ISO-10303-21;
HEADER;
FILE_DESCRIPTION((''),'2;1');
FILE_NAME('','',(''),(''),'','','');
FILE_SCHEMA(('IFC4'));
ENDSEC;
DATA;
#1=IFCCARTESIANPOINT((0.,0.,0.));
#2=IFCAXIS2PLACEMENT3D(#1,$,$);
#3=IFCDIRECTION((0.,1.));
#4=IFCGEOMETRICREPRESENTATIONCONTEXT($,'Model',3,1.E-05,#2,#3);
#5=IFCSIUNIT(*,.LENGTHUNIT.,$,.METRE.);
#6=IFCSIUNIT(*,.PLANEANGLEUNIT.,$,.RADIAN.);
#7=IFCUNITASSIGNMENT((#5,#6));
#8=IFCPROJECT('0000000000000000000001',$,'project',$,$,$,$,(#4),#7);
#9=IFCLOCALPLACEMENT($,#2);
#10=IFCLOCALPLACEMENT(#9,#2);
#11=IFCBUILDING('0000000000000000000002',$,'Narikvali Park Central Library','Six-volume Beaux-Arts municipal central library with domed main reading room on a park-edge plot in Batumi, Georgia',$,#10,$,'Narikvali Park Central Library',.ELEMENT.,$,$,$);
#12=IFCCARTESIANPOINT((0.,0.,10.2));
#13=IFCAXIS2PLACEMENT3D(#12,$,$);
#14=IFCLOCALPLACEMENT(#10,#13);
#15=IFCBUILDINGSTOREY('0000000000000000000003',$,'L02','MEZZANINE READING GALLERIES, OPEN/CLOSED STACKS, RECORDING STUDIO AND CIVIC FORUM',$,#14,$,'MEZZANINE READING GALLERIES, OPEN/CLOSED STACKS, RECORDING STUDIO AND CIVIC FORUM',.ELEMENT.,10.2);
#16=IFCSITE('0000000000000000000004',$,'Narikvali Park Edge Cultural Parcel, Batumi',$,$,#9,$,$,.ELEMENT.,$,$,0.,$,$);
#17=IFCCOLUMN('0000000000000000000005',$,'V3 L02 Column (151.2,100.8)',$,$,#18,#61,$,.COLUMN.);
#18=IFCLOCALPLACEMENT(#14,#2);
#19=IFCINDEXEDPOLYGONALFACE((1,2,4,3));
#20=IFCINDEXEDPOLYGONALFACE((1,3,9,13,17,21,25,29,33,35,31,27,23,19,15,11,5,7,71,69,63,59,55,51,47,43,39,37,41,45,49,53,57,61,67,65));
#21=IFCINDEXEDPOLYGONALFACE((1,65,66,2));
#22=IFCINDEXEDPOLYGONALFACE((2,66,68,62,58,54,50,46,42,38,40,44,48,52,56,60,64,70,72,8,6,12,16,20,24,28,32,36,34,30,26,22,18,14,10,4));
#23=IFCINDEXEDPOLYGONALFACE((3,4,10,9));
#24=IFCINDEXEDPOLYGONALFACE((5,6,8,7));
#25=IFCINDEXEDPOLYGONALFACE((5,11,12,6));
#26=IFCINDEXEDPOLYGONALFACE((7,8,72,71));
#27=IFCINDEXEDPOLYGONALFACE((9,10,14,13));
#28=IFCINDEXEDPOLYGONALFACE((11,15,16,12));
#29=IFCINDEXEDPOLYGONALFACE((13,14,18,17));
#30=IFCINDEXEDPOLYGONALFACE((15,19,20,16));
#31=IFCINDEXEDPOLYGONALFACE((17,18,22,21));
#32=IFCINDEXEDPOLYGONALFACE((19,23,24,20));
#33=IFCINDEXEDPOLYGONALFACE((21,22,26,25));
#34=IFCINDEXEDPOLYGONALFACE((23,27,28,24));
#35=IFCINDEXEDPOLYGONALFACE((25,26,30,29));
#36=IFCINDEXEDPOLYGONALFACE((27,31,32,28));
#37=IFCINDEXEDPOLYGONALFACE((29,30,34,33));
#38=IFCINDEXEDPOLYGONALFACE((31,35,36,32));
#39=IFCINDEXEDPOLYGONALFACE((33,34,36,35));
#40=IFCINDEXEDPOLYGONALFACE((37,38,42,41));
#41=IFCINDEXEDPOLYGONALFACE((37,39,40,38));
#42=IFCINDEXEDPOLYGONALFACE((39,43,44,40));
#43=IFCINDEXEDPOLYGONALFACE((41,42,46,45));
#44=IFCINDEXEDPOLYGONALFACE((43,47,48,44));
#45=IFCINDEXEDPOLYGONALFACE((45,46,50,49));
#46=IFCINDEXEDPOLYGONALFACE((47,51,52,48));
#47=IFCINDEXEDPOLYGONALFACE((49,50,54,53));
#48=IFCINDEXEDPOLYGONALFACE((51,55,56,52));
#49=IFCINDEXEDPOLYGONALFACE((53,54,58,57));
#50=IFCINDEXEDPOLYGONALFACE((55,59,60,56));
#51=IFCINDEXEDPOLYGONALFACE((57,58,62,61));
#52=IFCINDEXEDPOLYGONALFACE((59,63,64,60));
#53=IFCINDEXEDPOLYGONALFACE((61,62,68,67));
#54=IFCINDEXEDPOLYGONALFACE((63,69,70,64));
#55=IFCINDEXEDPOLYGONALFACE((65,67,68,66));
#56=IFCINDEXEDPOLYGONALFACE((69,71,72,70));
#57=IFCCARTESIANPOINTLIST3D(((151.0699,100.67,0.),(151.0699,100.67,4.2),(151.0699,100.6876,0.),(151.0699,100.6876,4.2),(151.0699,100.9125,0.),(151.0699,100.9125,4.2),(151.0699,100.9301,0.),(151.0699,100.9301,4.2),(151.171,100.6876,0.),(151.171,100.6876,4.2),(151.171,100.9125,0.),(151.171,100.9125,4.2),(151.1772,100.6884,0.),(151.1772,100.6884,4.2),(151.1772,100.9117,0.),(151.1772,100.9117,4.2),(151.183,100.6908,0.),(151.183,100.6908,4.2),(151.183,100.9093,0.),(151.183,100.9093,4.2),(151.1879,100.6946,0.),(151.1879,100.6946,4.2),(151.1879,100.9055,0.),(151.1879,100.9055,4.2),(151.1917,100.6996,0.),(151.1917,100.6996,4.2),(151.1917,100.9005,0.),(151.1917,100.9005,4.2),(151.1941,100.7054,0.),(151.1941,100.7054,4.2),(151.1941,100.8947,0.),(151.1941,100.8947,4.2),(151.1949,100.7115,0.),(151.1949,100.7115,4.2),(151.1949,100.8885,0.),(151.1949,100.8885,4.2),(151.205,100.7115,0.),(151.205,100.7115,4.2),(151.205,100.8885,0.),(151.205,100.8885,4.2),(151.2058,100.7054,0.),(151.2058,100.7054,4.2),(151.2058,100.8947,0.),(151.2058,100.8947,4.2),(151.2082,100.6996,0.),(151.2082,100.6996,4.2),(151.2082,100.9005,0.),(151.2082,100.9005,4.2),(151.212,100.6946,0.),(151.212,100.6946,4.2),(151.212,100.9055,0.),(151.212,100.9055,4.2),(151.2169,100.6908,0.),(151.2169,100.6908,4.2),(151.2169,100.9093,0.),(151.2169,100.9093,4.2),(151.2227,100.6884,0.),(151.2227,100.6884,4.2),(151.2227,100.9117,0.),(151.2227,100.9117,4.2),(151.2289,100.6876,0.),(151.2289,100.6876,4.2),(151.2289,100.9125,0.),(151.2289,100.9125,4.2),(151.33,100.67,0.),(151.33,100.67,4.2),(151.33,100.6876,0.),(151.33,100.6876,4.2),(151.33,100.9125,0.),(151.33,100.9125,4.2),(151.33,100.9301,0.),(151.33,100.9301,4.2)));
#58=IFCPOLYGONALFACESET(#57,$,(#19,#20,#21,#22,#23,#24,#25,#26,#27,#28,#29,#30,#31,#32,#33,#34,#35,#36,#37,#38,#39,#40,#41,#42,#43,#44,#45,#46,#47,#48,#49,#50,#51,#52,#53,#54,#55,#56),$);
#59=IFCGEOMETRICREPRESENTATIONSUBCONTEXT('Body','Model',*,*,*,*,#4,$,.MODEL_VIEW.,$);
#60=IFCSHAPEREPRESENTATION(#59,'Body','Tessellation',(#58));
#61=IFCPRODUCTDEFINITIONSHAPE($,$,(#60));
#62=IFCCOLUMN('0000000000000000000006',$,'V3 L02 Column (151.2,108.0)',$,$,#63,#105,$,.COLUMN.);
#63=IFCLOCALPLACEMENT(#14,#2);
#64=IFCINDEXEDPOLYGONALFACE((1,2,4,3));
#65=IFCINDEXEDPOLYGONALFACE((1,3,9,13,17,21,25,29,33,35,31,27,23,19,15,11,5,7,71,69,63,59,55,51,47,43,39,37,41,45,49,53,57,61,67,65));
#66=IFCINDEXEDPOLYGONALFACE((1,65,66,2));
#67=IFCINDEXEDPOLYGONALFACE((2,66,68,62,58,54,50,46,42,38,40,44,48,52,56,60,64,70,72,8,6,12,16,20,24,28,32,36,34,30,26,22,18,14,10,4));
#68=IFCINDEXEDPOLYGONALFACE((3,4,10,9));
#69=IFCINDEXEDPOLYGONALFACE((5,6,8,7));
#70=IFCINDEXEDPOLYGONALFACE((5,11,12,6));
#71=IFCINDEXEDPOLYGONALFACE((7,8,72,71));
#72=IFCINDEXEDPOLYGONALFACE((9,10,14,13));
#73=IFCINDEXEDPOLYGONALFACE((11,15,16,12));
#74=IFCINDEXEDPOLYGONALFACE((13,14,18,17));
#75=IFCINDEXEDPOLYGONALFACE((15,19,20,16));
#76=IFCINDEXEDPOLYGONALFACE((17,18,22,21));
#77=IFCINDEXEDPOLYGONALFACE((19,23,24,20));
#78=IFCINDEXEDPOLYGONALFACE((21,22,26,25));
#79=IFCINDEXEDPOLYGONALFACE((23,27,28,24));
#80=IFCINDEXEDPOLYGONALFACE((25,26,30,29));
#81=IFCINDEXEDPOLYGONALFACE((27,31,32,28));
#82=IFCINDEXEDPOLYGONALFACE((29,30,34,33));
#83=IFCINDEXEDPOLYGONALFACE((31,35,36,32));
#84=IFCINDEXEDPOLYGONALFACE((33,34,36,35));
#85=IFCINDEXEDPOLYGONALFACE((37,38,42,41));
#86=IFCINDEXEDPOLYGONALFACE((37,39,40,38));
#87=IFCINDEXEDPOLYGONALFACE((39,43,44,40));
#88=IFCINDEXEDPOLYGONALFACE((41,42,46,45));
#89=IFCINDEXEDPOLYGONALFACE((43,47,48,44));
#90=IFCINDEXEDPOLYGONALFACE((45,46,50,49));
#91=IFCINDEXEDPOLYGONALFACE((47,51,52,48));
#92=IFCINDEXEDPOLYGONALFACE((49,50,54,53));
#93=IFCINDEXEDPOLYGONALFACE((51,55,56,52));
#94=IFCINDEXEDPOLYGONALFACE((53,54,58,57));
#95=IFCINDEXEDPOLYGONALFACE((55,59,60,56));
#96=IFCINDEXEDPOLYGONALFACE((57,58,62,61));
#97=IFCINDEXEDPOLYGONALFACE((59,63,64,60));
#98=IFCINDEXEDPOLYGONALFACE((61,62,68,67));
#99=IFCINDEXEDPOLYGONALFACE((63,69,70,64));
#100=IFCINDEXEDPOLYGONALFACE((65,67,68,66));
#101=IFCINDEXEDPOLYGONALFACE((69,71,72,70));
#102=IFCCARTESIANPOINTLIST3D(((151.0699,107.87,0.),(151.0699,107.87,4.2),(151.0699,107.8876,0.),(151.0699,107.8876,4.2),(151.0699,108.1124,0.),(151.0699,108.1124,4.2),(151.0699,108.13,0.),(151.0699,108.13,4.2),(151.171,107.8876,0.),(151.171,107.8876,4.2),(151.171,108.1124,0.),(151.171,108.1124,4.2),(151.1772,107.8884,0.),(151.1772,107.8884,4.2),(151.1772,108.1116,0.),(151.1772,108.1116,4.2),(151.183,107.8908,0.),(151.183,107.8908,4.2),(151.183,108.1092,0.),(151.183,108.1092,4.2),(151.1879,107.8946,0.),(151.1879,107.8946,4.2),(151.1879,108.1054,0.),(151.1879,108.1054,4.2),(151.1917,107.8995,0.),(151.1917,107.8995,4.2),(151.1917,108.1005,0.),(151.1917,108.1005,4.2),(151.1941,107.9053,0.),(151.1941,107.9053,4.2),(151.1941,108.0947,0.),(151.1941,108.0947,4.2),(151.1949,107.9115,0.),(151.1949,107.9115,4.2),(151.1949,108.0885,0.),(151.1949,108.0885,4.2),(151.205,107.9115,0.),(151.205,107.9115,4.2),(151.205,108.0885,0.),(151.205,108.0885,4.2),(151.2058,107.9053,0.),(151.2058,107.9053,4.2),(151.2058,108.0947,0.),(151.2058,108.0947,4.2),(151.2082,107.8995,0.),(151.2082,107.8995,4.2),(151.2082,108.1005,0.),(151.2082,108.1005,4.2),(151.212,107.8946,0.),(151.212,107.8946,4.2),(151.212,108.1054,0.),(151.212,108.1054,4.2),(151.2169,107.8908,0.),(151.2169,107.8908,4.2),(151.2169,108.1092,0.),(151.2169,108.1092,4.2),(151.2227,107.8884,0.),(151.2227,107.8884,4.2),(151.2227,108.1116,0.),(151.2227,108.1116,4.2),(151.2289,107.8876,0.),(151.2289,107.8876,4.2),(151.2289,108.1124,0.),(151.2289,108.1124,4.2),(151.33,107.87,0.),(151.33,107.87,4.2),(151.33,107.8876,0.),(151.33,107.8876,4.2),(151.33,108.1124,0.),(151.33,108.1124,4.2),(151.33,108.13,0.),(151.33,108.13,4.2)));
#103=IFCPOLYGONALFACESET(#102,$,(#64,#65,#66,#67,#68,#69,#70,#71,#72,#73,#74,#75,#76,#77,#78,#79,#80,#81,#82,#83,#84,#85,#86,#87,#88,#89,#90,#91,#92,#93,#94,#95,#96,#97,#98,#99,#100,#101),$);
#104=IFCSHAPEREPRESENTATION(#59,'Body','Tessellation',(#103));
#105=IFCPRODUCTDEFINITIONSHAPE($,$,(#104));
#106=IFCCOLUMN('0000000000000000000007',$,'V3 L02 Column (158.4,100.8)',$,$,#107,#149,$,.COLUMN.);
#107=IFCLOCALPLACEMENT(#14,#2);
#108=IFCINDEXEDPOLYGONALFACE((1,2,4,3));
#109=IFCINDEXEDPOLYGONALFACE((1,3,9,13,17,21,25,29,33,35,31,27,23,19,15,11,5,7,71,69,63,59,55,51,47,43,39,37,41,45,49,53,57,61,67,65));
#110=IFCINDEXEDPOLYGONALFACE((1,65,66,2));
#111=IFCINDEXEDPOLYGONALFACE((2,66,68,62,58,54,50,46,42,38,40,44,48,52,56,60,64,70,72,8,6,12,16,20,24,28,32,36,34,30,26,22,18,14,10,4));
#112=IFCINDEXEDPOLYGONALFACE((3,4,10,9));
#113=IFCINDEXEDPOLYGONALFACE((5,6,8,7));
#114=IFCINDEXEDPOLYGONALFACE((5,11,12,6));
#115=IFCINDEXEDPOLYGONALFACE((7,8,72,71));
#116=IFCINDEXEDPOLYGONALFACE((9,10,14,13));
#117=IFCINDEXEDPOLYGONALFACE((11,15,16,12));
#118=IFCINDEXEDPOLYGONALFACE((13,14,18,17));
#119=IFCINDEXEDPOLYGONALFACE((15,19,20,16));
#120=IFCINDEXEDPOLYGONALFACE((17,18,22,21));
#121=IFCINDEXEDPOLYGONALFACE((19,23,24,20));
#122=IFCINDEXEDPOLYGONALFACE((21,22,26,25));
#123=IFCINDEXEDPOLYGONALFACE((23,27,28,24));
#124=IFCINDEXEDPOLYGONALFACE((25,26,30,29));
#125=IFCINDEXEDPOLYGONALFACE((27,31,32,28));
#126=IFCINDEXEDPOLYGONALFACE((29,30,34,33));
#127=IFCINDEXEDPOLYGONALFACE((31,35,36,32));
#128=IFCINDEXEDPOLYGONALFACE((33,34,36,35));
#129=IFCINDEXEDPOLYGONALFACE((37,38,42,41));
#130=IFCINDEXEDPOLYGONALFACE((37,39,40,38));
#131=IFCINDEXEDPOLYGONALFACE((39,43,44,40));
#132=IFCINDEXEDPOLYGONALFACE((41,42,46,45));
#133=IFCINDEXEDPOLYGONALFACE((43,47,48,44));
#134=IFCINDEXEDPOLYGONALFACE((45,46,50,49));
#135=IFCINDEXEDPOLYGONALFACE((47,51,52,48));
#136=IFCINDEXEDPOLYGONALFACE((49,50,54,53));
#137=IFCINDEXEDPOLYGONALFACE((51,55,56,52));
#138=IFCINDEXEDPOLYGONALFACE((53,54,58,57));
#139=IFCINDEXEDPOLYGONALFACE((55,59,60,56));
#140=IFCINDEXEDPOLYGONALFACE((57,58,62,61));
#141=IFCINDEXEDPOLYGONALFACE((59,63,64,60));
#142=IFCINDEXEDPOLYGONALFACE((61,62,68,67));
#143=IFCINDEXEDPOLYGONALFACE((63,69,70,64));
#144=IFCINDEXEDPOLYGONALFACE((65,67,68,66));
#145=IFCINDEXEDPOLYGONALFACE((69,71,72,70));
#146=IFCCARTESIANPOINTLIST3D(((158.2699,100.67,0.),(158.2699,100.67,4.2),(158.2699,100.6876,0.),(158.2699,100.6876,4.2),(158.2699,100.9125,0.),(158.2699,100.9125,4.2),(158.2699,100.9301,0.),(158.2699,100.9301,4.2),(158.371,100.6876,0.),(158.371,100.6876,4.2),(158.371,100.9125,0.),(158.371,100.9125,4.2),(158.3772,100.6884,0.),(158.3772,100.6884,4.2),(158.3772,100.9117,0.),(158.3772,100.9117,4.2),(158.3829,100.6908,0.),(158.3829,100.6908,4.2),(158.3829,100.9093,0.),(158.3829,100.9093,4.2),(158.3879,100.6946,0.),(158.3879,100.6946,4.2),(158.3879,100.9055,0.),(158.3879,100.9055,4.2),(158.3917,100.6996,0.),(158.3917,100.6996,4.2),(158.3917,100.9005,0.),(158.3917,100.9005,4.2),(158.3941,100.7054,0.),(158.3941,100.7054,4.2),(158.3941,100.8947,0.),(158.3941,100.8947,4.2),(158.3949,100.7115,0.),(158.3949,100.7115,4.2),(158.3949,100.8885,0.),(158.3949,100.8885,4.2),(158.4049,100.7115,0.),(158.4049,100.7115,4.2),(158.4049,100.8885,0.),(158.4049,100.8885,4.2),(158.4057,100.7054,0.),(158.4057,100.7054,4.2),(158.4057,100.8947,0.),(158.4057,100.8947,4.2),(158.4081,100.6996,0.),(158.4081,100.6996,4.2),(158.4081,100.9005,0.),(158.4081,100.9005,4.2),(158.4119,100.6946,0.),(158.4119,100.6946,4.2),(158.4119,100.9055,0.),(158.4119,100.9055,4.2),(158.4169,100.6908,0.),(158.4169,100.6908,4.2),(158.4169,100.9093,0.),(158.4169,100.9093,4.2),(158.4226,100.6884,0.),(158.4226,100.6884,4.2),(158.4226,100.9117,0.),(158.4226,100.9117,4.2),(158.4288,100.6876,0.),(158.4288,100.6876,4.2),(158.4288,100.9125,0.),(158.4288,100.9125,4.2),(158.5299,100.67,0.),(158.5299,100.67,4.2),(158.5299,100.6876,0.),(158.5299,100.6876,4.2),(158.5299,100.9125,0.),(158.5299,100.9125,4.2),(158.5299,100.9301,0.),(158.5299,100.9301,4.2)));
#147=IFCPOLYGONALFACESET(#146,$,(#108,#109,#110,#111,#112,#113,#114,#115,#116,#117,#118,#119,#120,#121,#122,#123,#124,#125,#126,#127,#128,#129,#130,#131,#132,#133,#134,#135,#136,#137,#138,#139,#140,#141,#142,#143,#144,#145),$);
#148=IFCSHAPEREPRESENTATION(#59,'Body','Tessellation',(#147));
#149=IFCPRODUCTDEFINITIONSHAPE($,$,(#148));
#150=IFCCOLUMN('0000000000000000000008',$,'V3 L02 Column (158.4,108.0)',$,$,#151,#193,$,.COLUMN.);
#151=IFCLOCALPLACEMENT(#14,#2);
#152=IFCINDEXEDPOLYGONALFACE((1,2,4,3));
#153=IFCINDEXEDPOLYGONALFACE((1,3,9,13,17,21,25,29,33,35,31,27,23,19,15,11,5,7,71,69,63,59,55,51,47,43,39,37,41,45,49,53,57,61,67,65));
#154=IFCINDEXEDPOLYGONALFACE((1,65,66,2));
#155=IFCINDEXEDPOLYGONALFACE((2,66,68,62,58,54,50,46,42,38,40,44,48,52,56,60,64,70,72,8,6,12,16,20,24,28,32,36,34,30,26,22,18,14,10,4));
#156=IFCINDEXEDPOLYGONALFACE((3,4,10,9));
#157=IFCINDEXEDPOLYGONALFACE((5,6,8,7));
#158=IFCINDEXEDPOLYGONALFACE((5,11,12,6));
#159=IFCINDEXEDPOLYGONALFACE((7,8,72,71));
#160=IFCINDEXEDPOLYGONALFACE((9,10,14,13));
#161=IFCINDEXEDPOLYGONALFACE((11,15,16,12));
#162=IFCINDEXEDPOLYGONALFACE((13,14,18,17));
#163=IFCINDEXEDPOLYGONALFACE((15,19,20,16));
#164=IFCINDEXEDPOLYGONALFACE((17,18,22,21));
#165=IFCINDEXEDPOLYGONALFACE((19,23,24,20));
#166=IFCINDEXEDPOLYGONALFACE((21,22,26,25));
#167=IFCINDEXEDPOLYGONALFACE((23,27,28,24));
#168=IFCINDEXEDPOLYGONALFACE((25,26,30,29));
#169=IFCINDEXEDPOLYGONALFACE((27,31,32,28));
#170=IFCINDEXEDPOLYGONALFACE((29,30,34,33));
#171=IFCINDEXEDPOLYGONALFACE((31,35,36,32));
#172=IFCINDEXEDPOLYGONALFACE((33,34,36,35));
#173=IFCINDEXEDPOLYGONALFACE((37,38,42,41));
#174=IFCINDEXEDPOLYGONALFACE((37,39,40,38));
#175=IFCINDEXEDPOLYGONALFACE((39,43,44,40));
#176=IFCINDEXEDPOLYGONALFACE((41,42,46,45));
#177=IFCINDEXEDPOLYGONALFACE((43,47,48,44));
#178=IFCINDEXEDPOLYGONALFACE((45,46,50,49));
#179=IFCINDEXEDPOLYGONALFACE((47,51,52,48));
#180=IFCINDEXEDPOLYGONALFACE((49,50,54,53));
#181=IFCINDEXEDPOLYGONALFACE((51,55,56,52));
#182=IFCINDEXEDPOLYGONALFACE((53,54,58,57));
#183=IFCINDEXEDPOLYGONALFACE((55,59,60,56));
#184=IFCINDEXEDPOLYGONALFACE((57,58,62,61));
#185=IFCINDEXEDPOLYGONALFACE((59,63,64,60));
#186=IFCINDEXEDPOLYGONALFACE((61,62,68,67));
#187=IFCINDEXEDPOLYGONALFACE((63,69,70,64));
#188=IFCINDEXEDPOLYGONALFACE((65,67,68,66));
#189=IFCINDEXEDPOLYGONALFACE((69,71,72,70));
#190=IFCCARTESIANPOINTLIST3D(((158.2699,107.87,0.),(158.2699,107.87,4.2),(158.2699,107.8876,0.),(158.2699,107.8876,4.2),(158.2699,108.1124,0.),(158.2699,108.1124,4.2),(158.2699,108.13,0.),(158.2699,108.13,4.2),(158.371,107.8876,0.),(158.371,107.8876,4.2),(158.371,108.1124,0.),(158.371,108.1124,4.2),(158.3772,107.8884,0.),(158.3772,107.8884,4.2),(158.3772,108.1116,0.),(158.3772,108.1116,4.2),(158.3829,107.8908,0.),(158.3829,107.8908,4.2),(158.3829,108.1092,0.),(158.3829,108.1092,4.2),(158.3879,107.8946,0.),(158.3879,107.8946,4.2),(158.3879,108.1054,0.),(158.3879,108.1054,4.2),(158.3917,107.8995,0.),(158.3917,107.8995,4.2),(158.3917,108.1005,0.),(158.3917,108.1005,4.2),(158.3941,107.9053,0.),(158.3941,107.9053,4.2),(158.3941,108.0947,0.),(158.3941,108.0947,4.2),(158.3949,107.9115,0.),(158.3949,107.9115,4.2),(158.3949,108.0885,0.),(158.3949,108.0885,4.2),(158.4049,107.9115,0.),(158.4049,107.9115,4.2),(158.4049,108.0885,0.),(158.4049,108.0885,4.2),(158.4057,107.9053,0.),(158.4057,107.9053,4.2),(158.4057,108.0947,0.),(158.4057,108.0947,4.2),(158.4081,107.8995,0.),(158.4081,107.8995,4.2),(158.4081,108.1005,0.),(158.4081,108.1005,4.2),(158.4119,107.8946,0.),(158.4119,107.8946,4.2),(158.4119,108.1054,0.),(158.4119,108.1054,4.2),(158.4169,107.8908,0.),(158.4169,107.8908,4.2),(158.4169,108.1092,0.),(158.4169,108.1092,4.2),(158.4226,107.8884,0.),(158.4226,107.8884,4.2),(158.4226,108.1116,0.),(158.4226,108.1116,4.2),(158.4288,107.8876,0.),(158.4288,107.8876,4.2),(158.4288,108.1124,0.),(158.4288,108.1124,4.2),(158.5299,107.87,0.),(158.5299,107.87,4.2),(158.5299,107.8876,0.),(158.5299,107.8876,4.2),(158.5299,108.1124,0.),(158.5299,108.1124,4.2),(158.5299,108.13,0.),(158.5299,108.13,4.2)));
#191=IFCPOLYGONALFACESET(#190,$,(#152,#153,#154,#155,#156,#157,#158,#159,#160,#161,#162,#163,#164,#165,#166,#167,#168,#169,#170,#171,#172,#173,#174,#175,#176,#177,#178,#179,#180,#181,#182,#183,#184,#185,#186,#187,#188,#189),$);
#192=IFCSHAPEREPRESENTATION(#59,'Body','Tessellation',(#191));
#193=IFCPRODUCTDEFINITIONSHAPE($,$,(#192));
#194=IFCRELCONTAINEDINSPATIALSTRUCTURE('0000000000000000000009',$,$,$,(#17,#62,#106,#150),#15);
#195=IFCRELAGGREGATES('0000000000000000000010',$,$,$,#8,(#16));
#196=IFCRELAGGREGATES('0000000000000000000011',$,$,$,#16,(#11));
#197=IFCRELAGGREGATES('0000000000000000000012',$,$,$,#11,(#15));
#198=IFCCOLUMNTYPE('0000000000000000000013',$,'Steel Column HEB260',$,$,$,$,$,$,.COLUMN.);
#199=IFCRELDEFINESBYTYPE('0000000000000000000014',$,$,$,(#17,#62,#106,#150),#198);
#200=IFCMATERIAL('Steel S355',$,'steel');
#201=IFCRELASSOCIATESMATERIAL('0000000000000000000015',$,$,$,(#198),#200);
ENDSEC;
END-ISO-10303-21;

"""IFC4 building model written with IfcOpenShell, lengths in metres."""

from ifc_helpers import new_model, si_unit, direction, frame, origin, origin_2d, place, context, subcontext, project, spatial, i_section, extrude, material, material_profile, profile_set, type_object, element, save


model = new_model("IFC4")

# Units and contexts
model_context = context("Model", 3, precision=1e-05, world=origin(), true_north=direction((0.0, 1.0)))
body_context = subcontext(model_context, "Body", "Model", "MODEL_VIEW")
ifc_project = project(units=[si_unit("LENGTHUNIT", "METRE"), si_unit("PLANEANGLEUNIT", "RADIAN")], contexts=[model_context])

# Site, building, storey
site_placement = place(None, origin())
site = spatial("IfcSite", under=ifc_project, at=site_placement, Name="Narikvali Park Edge Cultural Parcel, Batumi", CompositionType="ELEMENT", RefElevation=0.0)
building_placement = place(site_placement, origin())
building = spatial("IfcBuilding", under=site, at=building_placement, Name="Narikvali Park Central Library", Description="Six-volume Beaux-Arts municipal central library with domed main reading room on a park-edge plot in Batumi, Georgia", LongName="Narikvali Park Central Library", CompositionType="ELEMENT")
storey_placement = place(building_placement, frame((0.0, 0.0, 10.2)))
storey = spatial("IfcBuildingStorey", under=building, at=storey_placement, Name="L02", Description="MEZZANINE READING GALLERIES, OPEN/CLOSED STACKS, RECORDING STUDIO AND CIVIC FORUM", LongName="MEZZANINE READING GALLERIES, OPEN/CLOSED STACKS, RECORDING STUDIO AND CIVIC FORUM", CompositionType="ELEMENT", Elevation=10.2)

# Columns
ifc_material_1 = material(Name="Steel S355", Category="steel")
ifc_material_profile_1 = material_profile(ifc_material_1, i_section(OverallWidth=0.26, OverallDepth=0.26, WebThickness=0.01, FlangeThickness=0.0176, FilletRadius=0.0239, at=origin_2d()), Name="HEB 260")
ifc_profile_set_1 = profile_set([ifc_material_profile_1], Name="Steel S355")
column_type = type_object("IfcColumnType", Name="Steel Column HEB260", PredefinedType="COLUMN", material=ifc_profile_set_1)
for number, where, z_axis, x_axis, name in (
    (1, (151.2, 100.8, 0.0), (0.0, 0.0, 1.0), (1.0, 0.0, 0.0), "V3 L02 Column (151.2,100.8)"),
    (2, (151.2, 108.0, 0.0), (0.0, 0.0, 1.0), (1.0, 0.0, 0.0), "V3 L02 Column (151.2,108.0)"),
    (3, (158.3999, 100.8, 0.0), (0.0, 0.0, 1.0), (1.0, 0.0, 0.0), "V3 L02 Column (158.4,100.8)"),
    (4, (158.3999, 108.0, 0.0), (0.0, 0.0, 1.0), (1.0, 0.0, 0.0), "V3 L02 Column (158.4,108.0)"),
):
    element("IfcColumn", number, at=place(storey_placement, frame(where, z_axis=z_axis, x_axis=x_axis)), inside=storey, type_object=column_type, Name=name, PredefinedType="COLUMN", context=body_context, shape_type="SweptSolid", body=[
        extrude(i_section(OverallWidth=0.26, OverallDepth=0.26, WebThickness=0.01, FlangeThickness=0.0176, FilletRadius=0.0239, at=origin_2d()), origin(), (0.0, 0.0, 1.0), 4.2),
    ])

save(model, "model.ifc")
